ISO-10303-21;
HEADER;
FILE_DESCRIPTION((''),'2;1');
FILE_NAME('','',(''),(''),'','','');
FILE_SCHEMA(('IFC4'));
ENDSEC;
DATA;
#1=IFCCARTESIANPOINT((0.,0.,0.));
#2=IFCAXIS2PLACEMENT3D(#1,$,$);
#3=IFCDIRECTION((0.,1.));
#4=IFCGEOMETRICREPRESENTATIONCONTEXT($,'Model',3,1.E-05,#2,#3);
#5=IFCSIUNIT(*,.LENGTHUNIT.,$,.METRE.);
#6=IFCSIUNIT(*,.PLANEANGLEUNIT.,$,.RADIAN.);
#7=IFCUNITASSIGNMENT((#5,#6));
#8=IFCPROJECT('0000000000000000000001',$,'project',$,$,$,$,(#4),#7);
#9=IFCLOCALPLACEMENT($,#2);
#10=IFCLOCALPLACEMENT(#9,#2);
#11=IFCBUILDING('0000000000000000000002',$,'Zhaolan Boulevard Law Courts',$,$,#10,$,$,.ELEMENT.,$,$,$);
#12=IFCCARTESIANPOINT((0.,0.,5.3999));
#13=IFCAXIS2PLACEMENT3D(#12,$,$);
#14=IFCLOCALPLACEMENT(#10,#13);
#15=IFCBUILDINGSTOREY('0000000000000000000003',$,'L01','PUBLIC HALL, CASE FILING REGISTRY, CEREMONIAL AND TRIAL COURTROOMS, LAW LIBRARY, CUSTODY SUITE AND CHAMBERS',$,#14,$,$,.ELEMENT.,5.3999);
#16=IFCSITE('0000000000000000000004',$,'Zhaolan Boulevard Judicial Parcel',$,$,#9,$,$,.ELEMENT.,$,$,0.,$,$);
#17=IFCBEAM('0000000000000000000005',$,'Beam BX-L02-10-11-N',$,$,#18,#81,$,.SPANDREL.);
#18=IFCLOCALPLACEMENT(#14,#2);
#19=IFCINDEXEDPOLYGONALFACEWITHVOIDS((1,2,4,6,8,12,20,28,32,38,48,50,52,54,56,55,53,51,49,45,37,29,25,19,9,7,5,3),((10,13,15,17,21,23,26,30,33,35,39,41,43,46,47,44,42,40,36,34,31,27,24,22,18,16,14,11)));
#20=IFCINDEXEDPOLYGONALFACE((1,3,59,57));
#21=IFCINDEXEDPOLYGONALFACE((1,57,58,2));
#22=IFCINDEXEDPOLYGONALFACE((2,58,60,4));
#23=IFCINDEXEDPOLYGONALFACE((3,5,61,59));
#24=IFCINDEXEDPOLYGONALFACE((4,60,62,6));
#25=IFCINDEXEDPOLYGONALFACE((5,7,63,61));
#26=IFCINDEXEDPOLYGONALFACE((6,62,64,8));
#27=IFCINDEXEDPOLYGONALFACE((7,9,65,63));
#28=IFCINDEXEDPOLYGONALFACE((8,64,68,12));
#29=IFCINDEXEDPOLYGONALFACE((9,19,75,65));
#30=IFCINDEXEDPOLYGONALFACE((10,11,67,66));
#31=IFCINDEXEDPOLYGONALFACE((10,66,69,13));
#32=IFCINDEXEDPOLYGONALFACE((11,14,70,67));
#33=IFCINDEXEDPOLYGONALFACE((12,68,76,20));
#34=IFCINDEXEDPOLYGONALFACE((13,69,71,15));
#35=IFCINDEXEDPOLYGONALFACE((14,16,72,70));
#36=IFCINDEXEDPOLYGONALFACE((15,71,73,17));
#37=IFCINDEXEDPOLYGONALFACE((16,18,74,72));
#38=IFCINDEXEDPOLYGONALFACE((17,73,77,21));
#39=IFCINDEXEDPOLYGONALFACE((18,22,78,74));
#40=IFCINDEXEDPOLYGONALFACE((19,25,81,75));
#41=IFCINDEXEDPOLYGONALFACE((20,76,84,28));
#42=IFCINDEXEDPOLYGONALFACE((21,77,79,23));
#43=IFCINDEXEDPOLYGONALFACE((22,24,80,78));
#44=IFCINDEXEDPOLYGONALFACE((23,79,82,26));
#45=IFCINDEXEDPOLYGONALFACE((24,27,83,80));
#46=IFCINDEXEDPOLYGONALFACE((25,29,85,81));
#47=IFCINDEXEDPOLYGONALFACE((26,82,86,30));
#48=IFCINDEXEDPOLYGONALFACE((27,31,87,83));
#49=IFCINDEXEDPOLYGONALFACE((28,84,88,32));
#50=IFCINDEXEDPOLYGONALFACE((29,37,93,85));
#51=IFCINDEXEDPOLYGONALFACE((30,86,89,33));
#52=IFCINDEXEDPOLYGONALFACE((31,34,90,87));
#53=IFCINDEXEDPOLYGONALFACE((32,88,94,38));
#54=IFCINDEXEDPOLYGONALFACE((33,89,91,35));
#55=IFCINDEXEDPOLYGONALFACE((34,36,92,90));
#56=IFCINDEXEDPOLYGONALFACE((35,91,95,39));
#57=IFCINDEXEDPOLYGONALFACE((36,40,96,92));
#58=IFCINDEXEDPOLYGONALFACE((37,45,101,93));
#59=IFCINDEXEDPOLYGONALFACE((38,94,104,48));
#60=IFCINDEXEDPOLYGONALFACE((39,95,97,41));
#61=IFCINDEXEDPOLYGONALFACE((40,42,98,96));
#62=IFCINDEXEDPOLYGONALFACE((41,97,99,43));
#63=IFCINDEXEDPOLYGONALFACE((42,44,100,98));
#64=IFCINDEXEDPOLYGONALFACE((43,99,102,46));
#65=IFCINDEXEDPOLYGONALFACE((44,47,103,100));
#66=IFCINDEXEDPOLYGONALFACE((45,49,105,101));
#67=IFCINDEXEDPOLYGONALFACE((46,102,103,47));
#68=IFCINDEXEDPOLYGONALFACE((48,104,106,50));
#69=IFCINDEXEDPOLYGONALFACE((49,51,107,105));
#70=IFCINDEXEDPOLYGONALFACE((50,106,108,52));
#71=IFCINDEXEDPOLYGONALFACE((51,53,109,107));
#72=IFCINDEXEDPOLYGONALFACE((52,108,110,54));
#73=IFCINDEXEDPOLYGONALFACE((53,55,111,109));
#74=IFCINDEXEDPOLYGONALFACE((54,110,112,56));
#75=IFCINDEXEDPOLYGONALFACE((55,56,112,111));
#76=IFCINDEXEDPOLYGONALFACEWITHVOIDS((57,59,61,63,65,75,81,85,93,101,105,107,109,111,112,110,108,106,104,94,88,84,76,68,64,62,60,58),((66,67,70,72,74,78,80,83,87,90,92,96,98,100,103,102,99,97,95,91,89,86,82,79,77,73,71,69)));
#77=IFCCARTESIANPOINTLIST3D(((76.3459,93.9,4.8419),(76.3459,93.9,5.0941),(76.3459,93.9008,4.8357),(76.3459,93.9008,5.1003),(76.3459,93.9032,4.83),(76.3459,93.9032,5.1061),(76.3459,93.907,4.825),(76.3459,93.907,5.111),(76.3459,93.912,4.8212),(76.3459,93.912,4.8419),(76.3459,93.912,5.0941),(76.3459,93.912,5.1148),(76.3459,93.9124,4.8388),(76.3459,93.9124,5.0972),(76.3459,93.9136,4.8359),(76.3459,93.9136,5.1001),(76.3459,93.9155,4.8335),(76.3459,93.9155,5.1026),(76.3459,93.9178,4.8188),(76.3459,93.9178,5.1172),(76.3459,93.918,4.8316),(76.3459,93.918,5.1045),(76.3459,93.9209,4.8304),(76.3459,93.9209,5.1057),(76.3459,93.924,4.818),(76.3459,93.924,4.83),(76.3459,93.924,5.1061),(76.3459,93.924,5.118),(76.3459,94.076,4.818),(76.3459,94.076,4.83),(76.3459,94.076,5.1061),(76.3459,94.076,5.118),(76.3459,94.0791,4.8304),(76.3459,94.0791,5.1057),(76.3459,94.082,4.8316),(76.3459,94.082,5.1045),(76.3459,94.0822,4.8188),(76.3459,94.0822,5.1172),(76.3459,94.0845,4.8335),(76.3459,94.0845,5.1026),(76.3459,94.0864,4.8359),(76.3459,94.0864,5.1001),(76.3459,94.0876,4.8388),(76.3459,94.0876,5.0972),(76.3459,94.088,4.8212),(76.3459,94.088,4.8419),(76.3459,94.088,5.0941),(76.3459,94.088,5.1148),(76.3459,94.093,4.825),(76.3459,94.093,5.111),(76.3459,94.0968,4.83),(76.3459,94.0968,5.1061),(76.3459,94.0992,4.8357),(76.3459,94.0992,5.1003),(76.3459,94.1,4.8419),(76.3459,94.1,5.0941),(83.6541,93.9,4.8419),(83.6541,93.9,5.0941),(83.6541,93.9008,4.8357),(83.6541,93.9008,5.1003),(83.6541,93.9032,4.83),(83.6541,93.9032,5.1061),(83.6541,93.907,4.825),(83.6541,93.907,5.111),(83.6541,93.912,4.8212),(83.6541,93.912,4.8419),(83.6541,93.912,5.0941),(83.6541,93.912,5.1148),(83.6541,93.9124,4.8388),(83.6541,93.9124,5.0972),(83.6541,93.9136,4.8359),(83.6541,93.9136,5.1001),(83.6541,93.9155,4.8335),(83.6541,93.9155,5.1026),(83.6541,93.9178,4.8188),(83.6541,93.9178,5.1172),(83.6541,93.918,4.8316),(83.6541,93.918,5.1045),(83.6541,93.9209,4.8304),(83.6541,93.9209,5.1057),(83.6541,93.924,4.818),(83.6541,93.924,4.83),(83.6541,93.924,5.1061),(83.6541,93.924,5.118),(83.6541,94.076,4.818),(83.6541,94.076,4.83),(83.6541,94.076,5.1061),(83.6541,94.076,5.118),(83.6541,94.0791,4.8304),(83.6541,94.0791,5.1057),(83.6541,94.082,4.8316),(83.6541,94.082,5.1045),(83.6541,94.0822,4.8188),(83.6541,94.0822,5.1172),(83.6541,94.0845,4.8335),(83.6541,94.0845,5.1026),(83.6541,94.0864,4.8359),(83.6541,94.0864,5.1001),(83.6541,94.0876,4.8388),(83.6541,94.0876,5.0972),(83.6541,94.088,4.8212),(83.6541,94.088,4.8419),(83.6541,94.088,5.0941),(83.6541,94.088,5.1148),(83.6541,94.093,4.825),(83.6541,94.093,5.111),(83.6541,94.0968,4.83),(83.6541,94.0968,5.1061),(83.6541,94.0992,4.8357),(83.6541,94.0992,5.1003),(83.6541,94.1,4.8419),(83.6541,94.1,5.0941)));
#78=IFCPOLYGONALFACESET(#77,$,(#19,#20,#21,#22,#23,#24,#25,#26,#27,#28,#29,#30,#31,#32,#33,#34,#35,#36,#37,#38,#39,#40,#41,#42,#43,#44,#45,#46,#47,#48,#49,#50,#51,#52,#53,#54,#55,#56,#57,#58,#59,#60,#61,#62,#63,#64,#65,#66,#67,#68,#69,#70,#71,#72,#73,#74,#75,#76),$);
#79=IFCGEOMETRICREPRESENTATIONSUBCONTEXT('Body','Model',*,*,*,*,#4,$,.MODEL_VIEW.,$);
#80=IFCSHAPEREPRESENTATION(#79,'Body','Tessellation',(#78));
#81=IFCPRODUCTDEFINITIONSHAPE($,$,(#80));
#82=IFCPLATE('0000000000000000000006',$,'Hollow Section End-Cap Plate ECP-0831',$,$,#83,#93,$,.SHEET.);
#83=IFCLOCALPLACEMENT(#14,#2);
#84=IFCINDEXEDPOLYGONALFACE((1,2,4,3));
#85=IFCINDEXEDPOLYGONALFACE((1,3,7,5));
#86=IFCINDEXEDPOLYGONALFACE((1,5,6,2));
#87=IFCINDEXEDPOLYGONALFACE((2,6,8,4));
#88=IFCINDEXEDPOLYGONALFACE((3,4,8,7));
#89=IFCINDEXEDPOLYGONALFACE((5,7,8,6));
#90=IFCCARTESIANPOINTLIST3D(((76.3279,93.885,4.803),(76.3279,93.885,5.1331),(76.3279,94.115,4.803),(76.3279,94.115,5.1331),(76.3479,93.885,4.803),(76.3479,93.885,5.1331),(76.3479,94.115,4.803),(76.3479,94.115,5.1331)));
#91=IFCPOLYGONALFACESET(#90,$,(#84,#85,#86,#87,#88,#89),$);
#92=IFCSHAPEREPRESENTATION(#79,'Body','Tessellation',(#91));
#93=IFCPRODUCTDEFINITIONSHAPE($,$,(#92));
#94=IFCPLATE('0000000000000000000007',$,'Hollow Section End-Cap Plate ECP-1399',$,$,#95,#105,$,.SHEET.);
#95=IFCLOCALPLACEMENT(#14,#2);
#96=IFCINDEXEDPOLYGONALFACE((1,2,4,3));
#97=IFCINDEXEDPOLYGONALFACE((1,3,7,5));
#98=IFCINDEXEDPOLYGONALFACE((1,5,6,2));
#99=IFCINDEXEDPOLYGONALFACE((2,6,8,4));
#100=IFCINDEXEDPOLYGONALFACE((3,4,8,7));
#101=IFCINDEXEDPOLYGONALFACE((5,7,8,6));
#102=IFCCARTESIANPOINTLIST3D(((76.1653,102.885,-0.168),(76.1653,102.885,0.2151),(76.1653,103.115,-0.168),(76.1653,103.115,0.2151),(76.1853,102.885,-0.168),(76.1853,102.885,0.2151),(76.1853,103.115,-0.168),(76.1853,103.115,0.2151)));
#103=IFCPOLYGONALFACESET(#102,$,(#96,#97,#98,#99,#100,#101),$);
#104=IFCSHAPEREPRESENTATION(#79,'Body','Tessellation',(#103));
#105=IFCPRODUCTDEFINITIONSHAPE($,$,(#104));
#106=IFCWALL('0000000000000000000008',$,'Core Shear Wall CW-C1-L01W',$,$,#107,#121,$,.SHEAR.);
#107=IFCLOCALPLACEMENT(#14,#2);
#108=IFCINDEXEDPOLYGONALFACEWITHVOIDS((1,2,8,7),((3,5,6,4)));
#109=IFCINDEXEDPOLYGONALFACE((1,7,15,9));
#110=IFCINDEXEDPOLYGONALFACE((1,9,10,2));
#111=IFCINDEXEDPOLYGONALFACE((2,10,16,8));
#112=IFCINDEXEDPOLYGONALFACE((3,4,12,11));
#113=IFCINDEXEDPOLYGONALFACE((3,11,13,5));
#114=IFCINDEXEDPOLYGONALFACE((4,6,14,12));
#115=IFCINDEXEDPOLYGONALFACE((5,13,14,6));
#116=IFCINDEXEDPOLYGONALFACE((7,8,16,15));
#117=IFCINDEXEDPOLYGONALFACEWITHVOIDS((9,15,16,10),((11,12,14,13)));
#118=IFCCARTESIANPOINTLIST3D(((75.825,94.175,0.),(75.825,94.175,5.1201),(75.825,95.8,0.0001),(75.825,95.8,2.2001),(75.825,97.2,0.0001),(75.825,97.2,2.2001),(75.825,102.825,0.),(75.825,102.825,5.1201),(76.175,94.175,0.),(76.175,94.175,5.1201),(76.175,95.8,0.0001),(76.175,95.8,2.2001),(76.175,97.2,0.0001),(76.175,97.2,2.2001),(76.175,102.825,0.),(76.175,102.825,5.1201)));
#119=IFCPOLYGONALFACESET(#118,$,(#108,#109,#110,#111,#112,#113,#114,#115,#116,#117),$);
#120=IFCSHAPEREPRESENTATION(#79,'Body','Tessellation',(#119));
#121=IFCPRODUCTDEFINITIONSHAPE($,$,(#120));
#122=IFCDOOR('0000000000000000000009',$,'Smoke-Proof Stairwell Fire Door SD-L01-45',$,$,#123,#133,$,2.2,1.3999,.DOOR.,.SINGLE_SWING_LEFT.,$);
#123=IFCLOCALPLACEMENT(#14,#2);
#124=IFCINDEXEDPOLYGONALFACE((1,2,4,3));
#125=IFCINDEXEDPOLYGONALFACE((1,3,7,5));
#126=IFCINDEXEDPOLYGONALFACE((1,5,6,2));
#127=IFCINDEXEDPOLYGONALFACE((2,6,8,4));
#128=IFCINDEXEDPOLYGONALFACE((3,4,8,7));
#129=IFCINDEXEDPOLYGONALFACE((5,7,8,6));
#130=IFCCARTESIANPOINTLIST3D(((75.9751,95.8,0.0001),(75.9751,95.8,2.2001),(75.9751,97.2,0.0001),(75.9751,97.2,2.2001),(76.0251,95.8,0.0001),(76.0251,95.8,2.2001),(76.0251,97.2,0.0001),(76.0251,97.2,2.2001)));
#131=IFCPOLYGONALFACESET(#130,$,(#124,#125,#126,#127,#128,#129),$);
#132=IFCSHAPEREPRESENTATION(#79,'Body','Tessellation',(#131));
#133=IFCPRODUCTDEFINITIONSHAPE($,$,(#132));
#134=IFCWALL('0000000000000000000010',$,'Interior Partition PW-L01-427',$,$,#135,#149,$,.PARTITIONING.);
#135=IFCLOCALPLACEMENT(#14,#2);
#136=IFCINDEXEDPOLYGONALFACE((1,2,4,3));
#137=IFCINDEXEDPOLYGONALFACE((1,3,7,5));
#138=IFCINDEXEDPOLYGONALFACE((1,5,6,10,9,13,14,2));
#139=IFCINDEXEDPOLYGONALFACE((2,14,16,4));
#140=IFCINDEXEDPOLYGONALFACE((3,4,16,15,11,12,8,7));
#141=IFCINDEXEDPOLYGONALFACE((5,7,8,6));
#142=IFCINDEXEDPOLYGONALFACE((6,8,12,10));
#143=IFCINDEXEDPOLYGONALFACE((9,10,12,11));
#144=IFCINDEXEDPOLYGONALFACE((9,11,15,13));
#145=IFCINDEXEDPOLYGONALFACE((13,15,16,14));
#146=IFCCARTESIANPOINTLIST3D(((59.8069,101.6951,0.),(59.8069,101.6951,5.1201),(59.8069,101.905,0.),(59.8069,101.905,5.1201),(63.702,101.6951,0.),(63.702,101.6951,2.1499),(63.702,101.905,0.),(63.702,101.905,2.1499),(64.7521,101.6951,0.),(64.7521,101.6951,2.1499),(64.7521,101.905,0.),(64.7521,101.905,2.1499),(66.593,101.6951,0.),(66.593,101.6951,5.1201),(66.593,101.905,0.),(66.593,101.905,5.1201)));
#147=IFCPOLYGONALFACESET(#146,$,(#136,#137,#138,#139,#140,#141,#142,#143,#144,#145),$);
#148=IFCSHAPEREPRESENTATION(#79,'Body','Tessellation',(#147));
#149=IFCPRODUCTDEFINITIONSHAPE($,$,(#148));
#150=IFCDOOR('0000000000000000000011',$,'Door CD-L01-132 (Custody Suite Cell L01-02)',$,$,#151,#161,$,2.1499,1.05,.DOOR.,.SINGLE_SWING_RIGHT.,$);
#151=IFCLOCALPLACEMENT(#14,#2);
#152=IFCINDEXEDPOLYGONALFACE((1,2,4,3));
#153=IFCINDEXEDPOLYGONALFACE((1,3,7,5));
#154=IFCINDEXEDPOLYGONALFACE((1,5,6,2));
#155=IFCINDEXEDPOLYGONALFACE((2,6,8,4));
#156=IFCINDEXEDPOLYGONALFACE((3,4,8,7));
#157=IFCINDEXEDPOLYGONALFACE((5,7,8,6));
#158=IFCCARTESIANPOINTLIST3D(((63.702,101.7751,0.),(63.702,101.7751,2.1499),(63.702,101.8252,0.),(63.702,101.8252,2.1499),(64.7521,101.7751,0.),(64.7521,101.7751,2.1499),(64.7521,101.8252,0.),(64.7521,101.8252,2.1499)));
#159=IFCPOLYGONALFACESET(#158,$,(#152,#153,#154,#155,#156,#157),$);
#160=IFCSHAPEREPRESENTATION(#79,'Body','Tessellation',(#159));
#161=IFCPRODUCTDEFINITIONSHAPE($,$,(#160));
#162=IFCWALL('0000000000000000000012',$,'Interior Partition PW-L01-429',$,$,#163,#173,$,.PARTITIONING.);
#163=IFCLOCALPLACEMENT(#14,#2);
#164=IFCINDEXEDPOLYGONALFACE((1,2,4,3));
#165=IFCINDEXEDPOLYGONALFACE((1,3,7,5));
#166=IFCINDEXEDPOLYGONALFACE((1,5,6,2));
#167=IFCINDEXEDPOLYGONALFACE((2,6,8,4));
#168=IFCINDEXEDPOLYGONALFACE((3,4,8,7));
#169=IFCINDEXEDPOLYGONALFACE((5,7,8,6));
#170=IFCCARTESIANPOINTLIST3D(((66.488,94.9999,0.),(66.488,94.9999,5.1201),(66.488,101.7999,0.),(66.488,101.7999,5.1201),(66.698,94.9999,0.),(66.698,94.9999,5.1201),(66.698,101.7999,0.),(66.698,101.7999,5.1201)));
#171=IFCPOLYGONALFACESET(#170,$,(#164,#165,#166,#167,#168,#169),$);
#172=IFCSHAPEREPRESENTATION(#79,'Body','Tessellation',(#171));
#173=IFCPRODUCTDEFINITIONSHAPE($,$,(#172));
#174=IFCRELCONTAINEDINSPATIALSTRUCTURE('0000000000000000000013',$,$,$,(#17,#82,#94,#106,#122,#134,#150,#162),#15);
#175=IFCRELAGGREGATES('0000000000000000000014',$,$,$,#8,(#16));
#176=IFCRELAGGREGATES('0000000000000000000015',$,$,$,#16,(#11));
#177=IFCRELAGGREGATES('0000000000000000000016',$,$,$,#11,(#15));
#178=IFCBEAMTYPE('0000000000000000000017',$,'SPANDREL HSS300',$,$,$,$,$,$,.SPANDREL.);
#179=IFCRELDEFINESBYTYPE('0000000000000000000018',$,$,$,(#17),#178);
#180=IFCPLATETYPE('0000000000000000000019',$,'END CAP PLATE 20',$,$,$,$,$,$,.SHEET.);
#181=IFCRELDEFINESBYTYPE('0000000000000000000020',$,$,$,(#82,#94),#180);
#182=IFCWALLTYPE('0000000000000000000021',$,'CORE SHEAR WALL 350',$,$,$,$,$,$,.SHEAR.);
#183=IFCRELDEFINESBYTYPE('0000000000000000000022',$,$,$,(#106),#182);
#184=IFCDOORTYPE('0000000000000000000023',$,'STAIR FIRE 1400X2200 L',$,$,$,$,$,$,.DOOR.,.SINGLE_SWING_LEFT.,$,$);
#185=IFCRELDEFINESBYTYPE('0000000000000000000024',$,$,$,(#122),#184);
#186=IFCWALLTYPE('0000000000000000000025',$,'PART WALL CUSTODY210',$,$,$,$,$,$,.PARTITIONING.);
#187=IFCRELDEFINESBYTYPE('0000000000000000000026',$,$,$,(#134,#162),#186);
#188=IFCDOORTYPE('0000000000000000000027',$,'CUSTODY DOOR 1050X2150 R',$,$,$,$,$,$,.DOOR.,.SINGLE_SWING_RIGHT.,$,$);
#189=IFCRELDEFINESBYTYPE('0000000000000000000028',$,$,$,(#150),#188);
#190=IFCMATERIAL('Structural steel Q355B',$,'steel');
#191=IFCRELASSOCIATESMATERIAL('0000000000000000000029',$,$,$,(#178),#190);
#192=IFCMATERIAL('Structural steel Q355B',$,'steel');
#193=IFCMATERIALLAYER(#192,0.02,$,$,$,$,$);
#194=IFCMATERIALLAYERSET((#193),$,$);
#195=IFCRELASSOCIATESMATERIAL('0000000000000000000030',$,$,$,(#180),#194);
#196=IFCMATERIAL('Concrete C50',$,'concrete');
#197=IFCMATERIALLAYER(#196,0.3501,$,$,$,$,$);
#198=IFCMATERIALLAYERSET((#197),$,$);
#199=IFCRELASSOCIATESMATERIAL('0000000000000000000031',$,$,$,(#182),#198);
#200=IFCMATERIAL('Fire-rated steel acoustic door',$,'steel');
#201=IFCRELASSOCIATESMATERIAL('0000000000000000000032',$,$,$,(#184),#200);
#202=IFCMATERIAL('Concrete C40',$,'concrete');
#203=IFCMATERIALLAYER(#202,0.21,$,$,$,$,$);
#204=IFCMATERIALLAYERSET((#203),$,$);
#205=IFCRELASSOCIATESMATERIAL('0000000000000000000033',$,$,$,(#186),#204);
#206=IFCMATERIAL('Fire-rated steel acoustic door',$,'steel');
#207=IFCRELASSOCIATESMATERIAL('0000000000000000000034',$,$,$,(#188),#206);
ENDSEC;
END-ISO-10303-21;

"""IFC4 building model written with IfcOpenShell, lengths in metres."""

from ifc_helpers import new_model, si_unit, direction, frame, frame_2d, origin, origin_2d, place, context, subcontext, project, spatial, rectangle, hollow_rectangle, extrude, material, layer, layer_set, material_profile, profile_set, type_object, element, fill, save


model = new_model("IFC4")

# Units and contexts
model_context = context("Model", 3, precision=1e-05, world=origin(), true_north=direction((0.0, 1.0)))
body_context = subcontext(model_context, "Body", "Model", "MODEL_VIEW")
ifc_project = project(units=[si_unit("LENGTHUNIT", "METRE"), si_unit("PLANEANGLEUNIT", "RADIAN")], contexts=[model_context])

# Site, building, storey
site_placement = place(None, origin())
site = spatial("IfcSite", under=ifc_project, at=site_placement, Name="Zhaolan Boulevard Judicial Parcel", CompositionType="ELEMENT", RefElevation=0.0)
building_placement = place(site_placement, origin())
building = spatial("IfcBuilding", under=site, at=building_placement, Name="Zhaolan Boulevard Law Courts", CompositionType="ELEMENT")
storey_placement = place(building_placement, frame((0.0, 0.0, 5.3999)))
storey = spatial("IfcBuildingStorey", under=building, at=storey_placement, Name="L01", Description="PUBLIC HALL, CASE FILING REGISTRY, CEREMONIAL AND TRIAL COURTROOMS, LAW LIBRARY, CUSTODY SUITE AND CHAMBERS", CompositionType="ELEMENT", Elevation=5.3999)

# Beam
ifc_material_1 = material(Name="Structural steel Q355B", Category="steel")
ifc_material_profile_1 = material_profile(ifc_material_1, hollow_rectangle(XDim=0.2, YDim=0.3, WallThickness=0.012, InnerFilletRadius=0.012, OuterFilletRadius=0.0239, at=origin_2d()), Name="HSS300x200x12")
ifc_profile_set_1 = profile_set([ifc_material_profile_1], Name="Structural steel Q355B")
beam_type_1 = type_object("IfcBeamType", Name="SPANDREL HSS300", PredefinedType="SPANDREL", material=ifc_profile_set_1)
beam_1_placement = place(storey_placement, frame((76.3459, 94.0, 4.968), z_axis=(1.0, 0.0, 0.0), x_axis=(0.0, 1.0, 0.0)))
element("IfcBeam", 1, at=beam_1_placement, inside=storey, type_object=beam_type_1, Name="Beam BX-L02-10-11-N", PredefinedType="SPANDREL", context=body_context, shape_type="SweptSolid", body=[
    extrude(hollow_rectangle(XDim=0.2, YDim=0.3, WallThickness=0.012, InnerFilletRadius=0.012, OuterFilletRadius=0.0239, at=origin_2d()), origin(), (0.0, 0.0, 1.0), 7.3081),
])

# Plates
ifc_material_2 = material(Name="Structural steel Q355B", Category="steel")
ifc_layer_1 = layer(ifc_material_2, 0.02)
ifc_layer_set_1 = layer_set([ifc_layer_1])
plate_type = type_object("IfcPlateType", Name="END CAP PLATE 20", PredefinedType="SHEET", material=ifc_layer_set_1)
plate_1_placement = place(storey_placement, frame((76.3379, 94.0, 4.803), z_axis=(0.0, 0.0, 1.0), x_axis=(1.0, 0.0, 0.0)))
element("IfcPlate", 2, at=plate_1_placement, inside=storey, type_object=plate_type, Name="Hollow Section End-Cap Plate ECP-0831", PredefinedType="SHEET", context=body_context, shape_type="SweptSolid", body=[
    extrude(rectangle(XDim=0.02, YDim=0.23, at=origin_2d()), origin(), (0.0, 0.0, 1.0), 0.3301),
])
plate_2_placement = place(storey_placement, frame((76.1753, 103.0, -0.168), z_axis=(0.0, 0.0, 1.0), x_axis=(1.0, 0.0, 0.0)))
element("IfcPlate", 3, at=plate_2_placement, inside=storey, type_object=plate_type, Name="Hollow Section End-Cap Plate ECP-1399", PredefinedType="SHEET", context=body_context, shape_type="SweptSolid", body=[
    extrude(rectangle(XDim=0.02, YDim=0.23, at=origin_2d()), origin(), (0.0, 0.0, 1.0), 0.3831),
])

# Walls, openings, doors
ifc_material_3 = material(Name="Concrete C50", Category="concrete")
ifc_layer_2 = layer(ifc_material_3, 0.3501)
ifc_layer_set_2 = layer_set([ifc_layer_2])
wall_type_1 = type_object("IfcWallType", Name="CORE SHEAR WALL 350", PredefinedType="SHEAR", material=ifc_layer_set_2)
wall_1_placement = place(storey_placement, frame((76.0, 94.175, 0.0), z_axis=(0.0, 0.0, 1.0), x_axis=(0.0, 1.0, 0.0)))
wall_1 = element("IfcWall", 4, at=wall_1_placement, inside=storey, type_object=wall_type_1, Name="Core Shear Wall CW-C1-L01W", PredefinedType="SHEAR", context=body_context, shape_type="SweptSolid", body=[
    extrude(rectangle(XDim=8.6499, YDim=0.3501, at=frame_2d((4.325, 0.0))), origin(), (0.0, 0.0, 1.0), 5.1201),
])
opening_1_placement = place(wall_1_placement, frame((1.625, 0.0, 0.0)))
opening_1 = element("IfcOpeningElement", 5, at=opening_1_placement, cuts=wall_1, PredefinedType="OPENING", context=body_context, shape_type="SweptSolid", body=[
    extrude(rectangle(XDim=1.3999, YDim=2.2, at=frame_2d((0.7, 1.1001))), frame((0.0, 0.1851, 0.0), z_axis=(0.0, -1.0, 0.0), x_axis=(1.0, 0.0, 0.0)), (0.0, 0.0, 1.0), 0.3701),
])
ifc_material_4 = material(Name="Fire-rated steel acoustic door", Category="steel")
door_type_1 = type_object("IfcDoorType", Name="STAIR FIRE 1400X2200 L", OperationType="SINGLE_SWING_LEFT", PredefinedType="DOOR", material=ifc_material_4)
door_1_placement = place(opening_1_placement, origin())
door_1 = element("IfcDoor", 6, at=door_1_placement, inside=storey, type_object=door_type_1, Name="Smoke-Proof Stairwell Fire Door SD-L01-45", OperationType="SINGLE_SWING_LEFT", OverallHeight=2.2, OverallWidth=1.3999, PredefinedType="DOOR", context=body_context, shape_type="SweptSolid", body=[
    extrude(rectangle(XDim=1.3999, YDim=2.2, at=frame_2d((0.7, 1.1001))), frame((0.0, 0.0249, 0.0), z_axis=(0.0, -1.0, 0.0), x_axis=(1.0, 0.0, 0.0)), (0.0, 0.0, 1.0), 0.05),
])
fill(opening_1, door_1)
ifc_material_5 = material(Name="Concrete C40", Category="concrete")
ifc_layer_3 = layer(ifc_material_5, 0.21)
ifc_layer_set_3 = layer_set([ifc_layer_3])
wall_type_2 = type_object("IfcWallType", Name="PART WALL CUSTODY210", PredefinedType="PARTITIONING", material=ifc_layer_set_3)
wall_2_placement = place(storey_placement, frame((66.593, 101.8, 0.0), z_axis=(0.0, 0.0, 1.0), x_axis=(-1.0, 0.0, 0.0)))
wall_2 = element("IfcWall", 7, at=wall_2_placement, inside=storey, type_object=wall_type_2, Name="Interior Partition PW-L01-427", PredefinedType="PARTITIONING", context=body_context, shape_type="SweptSolid", body=[
    extrude(rectangle(XDim=6.7861, YDim=0.21, at=frame_2d((3.3931, 0.0))), origin(), (0.0, 0.0, 1.0), 5.1201),
])
opening_2_placement = place(wall_2_placement, frame((1.8411, 0.0, 0.0)))
opening_2 = element("IfcOpeningElement", 8, at=opening_2_placement, cuts=wall_2, PredefinedType="OPENING", context=body_context, shape_type="SweptSolid", body=[
    extrude(rectangle(XDim=1.05, YDim=2.1499, at=frame_2d((0.5249, 1.075))), frame((0.0, 0.115, 0.0), z_axis=(0.0, -1.0, 0.0), x_axis=(1.0, 0.0, 0.0)), (0.0, 0.0, 1.0), 0.23),
])
ifc_material_6 = material(Name="Fire-rated steel acoustic door", Category="steel")
door_type_2 = type_object("IfcDoorType", Name="CUSTODY DOOR 1050X2150 R", OperationType="SINGLE_SWING_RIGHT", PredefinedType="DOOR", material=ifc_material_6)
door_2_placement = place(opening_2_placement, origin())
door_2 = element("IfcDoor", 9, at=door_2_placement, inside=storey, type_object=door_type_2, Name="Door CD-L01-132 (Custody Suite Cell L01-02)", OperationType="SINGLE_SWING_RIGHT", OverallHeight=2.1499, OverallWidth=1.05, PredefinedType="DOOR", context=body_context, shape_type="SweptSolid", body=[
    extrude(rectangle(XDim=1.05, YDim=2.1499, at=frame_2d((0.5249, 1.075))), frame((0.0, 0.0249, 0.0), z_axis=(0.0, -1.0, 0.0), x_axis=(1.0, 0.0, 0.0)), (0.0, 0.0, 1.0), 0.05),
])
fill(opening_2, door_2)

# Wall
wall_3_placement = place(storey_placement, frame((66.593, 95.0, 0.0), z_axis=(0.0, 0.0, 1.0), x_axis=(0.0, 1.0, 0.0)))
element("IfcWall", 10, at=wall_3_placement, inside=storey, type_object=wall_type_2, Name="Interior Partition PW-L01-429", PredefinedType="PARTITIONING", context=body_context, shape_type="SweptSolid", body=[
    extrude(rectangle(XDim=6.8, YDim=0.21, at=frame_2d((3.3999, 0.0))), origin(), (0.0, 0.0, 1.0), 5.1201),
])

save(model, "model.ifc")
